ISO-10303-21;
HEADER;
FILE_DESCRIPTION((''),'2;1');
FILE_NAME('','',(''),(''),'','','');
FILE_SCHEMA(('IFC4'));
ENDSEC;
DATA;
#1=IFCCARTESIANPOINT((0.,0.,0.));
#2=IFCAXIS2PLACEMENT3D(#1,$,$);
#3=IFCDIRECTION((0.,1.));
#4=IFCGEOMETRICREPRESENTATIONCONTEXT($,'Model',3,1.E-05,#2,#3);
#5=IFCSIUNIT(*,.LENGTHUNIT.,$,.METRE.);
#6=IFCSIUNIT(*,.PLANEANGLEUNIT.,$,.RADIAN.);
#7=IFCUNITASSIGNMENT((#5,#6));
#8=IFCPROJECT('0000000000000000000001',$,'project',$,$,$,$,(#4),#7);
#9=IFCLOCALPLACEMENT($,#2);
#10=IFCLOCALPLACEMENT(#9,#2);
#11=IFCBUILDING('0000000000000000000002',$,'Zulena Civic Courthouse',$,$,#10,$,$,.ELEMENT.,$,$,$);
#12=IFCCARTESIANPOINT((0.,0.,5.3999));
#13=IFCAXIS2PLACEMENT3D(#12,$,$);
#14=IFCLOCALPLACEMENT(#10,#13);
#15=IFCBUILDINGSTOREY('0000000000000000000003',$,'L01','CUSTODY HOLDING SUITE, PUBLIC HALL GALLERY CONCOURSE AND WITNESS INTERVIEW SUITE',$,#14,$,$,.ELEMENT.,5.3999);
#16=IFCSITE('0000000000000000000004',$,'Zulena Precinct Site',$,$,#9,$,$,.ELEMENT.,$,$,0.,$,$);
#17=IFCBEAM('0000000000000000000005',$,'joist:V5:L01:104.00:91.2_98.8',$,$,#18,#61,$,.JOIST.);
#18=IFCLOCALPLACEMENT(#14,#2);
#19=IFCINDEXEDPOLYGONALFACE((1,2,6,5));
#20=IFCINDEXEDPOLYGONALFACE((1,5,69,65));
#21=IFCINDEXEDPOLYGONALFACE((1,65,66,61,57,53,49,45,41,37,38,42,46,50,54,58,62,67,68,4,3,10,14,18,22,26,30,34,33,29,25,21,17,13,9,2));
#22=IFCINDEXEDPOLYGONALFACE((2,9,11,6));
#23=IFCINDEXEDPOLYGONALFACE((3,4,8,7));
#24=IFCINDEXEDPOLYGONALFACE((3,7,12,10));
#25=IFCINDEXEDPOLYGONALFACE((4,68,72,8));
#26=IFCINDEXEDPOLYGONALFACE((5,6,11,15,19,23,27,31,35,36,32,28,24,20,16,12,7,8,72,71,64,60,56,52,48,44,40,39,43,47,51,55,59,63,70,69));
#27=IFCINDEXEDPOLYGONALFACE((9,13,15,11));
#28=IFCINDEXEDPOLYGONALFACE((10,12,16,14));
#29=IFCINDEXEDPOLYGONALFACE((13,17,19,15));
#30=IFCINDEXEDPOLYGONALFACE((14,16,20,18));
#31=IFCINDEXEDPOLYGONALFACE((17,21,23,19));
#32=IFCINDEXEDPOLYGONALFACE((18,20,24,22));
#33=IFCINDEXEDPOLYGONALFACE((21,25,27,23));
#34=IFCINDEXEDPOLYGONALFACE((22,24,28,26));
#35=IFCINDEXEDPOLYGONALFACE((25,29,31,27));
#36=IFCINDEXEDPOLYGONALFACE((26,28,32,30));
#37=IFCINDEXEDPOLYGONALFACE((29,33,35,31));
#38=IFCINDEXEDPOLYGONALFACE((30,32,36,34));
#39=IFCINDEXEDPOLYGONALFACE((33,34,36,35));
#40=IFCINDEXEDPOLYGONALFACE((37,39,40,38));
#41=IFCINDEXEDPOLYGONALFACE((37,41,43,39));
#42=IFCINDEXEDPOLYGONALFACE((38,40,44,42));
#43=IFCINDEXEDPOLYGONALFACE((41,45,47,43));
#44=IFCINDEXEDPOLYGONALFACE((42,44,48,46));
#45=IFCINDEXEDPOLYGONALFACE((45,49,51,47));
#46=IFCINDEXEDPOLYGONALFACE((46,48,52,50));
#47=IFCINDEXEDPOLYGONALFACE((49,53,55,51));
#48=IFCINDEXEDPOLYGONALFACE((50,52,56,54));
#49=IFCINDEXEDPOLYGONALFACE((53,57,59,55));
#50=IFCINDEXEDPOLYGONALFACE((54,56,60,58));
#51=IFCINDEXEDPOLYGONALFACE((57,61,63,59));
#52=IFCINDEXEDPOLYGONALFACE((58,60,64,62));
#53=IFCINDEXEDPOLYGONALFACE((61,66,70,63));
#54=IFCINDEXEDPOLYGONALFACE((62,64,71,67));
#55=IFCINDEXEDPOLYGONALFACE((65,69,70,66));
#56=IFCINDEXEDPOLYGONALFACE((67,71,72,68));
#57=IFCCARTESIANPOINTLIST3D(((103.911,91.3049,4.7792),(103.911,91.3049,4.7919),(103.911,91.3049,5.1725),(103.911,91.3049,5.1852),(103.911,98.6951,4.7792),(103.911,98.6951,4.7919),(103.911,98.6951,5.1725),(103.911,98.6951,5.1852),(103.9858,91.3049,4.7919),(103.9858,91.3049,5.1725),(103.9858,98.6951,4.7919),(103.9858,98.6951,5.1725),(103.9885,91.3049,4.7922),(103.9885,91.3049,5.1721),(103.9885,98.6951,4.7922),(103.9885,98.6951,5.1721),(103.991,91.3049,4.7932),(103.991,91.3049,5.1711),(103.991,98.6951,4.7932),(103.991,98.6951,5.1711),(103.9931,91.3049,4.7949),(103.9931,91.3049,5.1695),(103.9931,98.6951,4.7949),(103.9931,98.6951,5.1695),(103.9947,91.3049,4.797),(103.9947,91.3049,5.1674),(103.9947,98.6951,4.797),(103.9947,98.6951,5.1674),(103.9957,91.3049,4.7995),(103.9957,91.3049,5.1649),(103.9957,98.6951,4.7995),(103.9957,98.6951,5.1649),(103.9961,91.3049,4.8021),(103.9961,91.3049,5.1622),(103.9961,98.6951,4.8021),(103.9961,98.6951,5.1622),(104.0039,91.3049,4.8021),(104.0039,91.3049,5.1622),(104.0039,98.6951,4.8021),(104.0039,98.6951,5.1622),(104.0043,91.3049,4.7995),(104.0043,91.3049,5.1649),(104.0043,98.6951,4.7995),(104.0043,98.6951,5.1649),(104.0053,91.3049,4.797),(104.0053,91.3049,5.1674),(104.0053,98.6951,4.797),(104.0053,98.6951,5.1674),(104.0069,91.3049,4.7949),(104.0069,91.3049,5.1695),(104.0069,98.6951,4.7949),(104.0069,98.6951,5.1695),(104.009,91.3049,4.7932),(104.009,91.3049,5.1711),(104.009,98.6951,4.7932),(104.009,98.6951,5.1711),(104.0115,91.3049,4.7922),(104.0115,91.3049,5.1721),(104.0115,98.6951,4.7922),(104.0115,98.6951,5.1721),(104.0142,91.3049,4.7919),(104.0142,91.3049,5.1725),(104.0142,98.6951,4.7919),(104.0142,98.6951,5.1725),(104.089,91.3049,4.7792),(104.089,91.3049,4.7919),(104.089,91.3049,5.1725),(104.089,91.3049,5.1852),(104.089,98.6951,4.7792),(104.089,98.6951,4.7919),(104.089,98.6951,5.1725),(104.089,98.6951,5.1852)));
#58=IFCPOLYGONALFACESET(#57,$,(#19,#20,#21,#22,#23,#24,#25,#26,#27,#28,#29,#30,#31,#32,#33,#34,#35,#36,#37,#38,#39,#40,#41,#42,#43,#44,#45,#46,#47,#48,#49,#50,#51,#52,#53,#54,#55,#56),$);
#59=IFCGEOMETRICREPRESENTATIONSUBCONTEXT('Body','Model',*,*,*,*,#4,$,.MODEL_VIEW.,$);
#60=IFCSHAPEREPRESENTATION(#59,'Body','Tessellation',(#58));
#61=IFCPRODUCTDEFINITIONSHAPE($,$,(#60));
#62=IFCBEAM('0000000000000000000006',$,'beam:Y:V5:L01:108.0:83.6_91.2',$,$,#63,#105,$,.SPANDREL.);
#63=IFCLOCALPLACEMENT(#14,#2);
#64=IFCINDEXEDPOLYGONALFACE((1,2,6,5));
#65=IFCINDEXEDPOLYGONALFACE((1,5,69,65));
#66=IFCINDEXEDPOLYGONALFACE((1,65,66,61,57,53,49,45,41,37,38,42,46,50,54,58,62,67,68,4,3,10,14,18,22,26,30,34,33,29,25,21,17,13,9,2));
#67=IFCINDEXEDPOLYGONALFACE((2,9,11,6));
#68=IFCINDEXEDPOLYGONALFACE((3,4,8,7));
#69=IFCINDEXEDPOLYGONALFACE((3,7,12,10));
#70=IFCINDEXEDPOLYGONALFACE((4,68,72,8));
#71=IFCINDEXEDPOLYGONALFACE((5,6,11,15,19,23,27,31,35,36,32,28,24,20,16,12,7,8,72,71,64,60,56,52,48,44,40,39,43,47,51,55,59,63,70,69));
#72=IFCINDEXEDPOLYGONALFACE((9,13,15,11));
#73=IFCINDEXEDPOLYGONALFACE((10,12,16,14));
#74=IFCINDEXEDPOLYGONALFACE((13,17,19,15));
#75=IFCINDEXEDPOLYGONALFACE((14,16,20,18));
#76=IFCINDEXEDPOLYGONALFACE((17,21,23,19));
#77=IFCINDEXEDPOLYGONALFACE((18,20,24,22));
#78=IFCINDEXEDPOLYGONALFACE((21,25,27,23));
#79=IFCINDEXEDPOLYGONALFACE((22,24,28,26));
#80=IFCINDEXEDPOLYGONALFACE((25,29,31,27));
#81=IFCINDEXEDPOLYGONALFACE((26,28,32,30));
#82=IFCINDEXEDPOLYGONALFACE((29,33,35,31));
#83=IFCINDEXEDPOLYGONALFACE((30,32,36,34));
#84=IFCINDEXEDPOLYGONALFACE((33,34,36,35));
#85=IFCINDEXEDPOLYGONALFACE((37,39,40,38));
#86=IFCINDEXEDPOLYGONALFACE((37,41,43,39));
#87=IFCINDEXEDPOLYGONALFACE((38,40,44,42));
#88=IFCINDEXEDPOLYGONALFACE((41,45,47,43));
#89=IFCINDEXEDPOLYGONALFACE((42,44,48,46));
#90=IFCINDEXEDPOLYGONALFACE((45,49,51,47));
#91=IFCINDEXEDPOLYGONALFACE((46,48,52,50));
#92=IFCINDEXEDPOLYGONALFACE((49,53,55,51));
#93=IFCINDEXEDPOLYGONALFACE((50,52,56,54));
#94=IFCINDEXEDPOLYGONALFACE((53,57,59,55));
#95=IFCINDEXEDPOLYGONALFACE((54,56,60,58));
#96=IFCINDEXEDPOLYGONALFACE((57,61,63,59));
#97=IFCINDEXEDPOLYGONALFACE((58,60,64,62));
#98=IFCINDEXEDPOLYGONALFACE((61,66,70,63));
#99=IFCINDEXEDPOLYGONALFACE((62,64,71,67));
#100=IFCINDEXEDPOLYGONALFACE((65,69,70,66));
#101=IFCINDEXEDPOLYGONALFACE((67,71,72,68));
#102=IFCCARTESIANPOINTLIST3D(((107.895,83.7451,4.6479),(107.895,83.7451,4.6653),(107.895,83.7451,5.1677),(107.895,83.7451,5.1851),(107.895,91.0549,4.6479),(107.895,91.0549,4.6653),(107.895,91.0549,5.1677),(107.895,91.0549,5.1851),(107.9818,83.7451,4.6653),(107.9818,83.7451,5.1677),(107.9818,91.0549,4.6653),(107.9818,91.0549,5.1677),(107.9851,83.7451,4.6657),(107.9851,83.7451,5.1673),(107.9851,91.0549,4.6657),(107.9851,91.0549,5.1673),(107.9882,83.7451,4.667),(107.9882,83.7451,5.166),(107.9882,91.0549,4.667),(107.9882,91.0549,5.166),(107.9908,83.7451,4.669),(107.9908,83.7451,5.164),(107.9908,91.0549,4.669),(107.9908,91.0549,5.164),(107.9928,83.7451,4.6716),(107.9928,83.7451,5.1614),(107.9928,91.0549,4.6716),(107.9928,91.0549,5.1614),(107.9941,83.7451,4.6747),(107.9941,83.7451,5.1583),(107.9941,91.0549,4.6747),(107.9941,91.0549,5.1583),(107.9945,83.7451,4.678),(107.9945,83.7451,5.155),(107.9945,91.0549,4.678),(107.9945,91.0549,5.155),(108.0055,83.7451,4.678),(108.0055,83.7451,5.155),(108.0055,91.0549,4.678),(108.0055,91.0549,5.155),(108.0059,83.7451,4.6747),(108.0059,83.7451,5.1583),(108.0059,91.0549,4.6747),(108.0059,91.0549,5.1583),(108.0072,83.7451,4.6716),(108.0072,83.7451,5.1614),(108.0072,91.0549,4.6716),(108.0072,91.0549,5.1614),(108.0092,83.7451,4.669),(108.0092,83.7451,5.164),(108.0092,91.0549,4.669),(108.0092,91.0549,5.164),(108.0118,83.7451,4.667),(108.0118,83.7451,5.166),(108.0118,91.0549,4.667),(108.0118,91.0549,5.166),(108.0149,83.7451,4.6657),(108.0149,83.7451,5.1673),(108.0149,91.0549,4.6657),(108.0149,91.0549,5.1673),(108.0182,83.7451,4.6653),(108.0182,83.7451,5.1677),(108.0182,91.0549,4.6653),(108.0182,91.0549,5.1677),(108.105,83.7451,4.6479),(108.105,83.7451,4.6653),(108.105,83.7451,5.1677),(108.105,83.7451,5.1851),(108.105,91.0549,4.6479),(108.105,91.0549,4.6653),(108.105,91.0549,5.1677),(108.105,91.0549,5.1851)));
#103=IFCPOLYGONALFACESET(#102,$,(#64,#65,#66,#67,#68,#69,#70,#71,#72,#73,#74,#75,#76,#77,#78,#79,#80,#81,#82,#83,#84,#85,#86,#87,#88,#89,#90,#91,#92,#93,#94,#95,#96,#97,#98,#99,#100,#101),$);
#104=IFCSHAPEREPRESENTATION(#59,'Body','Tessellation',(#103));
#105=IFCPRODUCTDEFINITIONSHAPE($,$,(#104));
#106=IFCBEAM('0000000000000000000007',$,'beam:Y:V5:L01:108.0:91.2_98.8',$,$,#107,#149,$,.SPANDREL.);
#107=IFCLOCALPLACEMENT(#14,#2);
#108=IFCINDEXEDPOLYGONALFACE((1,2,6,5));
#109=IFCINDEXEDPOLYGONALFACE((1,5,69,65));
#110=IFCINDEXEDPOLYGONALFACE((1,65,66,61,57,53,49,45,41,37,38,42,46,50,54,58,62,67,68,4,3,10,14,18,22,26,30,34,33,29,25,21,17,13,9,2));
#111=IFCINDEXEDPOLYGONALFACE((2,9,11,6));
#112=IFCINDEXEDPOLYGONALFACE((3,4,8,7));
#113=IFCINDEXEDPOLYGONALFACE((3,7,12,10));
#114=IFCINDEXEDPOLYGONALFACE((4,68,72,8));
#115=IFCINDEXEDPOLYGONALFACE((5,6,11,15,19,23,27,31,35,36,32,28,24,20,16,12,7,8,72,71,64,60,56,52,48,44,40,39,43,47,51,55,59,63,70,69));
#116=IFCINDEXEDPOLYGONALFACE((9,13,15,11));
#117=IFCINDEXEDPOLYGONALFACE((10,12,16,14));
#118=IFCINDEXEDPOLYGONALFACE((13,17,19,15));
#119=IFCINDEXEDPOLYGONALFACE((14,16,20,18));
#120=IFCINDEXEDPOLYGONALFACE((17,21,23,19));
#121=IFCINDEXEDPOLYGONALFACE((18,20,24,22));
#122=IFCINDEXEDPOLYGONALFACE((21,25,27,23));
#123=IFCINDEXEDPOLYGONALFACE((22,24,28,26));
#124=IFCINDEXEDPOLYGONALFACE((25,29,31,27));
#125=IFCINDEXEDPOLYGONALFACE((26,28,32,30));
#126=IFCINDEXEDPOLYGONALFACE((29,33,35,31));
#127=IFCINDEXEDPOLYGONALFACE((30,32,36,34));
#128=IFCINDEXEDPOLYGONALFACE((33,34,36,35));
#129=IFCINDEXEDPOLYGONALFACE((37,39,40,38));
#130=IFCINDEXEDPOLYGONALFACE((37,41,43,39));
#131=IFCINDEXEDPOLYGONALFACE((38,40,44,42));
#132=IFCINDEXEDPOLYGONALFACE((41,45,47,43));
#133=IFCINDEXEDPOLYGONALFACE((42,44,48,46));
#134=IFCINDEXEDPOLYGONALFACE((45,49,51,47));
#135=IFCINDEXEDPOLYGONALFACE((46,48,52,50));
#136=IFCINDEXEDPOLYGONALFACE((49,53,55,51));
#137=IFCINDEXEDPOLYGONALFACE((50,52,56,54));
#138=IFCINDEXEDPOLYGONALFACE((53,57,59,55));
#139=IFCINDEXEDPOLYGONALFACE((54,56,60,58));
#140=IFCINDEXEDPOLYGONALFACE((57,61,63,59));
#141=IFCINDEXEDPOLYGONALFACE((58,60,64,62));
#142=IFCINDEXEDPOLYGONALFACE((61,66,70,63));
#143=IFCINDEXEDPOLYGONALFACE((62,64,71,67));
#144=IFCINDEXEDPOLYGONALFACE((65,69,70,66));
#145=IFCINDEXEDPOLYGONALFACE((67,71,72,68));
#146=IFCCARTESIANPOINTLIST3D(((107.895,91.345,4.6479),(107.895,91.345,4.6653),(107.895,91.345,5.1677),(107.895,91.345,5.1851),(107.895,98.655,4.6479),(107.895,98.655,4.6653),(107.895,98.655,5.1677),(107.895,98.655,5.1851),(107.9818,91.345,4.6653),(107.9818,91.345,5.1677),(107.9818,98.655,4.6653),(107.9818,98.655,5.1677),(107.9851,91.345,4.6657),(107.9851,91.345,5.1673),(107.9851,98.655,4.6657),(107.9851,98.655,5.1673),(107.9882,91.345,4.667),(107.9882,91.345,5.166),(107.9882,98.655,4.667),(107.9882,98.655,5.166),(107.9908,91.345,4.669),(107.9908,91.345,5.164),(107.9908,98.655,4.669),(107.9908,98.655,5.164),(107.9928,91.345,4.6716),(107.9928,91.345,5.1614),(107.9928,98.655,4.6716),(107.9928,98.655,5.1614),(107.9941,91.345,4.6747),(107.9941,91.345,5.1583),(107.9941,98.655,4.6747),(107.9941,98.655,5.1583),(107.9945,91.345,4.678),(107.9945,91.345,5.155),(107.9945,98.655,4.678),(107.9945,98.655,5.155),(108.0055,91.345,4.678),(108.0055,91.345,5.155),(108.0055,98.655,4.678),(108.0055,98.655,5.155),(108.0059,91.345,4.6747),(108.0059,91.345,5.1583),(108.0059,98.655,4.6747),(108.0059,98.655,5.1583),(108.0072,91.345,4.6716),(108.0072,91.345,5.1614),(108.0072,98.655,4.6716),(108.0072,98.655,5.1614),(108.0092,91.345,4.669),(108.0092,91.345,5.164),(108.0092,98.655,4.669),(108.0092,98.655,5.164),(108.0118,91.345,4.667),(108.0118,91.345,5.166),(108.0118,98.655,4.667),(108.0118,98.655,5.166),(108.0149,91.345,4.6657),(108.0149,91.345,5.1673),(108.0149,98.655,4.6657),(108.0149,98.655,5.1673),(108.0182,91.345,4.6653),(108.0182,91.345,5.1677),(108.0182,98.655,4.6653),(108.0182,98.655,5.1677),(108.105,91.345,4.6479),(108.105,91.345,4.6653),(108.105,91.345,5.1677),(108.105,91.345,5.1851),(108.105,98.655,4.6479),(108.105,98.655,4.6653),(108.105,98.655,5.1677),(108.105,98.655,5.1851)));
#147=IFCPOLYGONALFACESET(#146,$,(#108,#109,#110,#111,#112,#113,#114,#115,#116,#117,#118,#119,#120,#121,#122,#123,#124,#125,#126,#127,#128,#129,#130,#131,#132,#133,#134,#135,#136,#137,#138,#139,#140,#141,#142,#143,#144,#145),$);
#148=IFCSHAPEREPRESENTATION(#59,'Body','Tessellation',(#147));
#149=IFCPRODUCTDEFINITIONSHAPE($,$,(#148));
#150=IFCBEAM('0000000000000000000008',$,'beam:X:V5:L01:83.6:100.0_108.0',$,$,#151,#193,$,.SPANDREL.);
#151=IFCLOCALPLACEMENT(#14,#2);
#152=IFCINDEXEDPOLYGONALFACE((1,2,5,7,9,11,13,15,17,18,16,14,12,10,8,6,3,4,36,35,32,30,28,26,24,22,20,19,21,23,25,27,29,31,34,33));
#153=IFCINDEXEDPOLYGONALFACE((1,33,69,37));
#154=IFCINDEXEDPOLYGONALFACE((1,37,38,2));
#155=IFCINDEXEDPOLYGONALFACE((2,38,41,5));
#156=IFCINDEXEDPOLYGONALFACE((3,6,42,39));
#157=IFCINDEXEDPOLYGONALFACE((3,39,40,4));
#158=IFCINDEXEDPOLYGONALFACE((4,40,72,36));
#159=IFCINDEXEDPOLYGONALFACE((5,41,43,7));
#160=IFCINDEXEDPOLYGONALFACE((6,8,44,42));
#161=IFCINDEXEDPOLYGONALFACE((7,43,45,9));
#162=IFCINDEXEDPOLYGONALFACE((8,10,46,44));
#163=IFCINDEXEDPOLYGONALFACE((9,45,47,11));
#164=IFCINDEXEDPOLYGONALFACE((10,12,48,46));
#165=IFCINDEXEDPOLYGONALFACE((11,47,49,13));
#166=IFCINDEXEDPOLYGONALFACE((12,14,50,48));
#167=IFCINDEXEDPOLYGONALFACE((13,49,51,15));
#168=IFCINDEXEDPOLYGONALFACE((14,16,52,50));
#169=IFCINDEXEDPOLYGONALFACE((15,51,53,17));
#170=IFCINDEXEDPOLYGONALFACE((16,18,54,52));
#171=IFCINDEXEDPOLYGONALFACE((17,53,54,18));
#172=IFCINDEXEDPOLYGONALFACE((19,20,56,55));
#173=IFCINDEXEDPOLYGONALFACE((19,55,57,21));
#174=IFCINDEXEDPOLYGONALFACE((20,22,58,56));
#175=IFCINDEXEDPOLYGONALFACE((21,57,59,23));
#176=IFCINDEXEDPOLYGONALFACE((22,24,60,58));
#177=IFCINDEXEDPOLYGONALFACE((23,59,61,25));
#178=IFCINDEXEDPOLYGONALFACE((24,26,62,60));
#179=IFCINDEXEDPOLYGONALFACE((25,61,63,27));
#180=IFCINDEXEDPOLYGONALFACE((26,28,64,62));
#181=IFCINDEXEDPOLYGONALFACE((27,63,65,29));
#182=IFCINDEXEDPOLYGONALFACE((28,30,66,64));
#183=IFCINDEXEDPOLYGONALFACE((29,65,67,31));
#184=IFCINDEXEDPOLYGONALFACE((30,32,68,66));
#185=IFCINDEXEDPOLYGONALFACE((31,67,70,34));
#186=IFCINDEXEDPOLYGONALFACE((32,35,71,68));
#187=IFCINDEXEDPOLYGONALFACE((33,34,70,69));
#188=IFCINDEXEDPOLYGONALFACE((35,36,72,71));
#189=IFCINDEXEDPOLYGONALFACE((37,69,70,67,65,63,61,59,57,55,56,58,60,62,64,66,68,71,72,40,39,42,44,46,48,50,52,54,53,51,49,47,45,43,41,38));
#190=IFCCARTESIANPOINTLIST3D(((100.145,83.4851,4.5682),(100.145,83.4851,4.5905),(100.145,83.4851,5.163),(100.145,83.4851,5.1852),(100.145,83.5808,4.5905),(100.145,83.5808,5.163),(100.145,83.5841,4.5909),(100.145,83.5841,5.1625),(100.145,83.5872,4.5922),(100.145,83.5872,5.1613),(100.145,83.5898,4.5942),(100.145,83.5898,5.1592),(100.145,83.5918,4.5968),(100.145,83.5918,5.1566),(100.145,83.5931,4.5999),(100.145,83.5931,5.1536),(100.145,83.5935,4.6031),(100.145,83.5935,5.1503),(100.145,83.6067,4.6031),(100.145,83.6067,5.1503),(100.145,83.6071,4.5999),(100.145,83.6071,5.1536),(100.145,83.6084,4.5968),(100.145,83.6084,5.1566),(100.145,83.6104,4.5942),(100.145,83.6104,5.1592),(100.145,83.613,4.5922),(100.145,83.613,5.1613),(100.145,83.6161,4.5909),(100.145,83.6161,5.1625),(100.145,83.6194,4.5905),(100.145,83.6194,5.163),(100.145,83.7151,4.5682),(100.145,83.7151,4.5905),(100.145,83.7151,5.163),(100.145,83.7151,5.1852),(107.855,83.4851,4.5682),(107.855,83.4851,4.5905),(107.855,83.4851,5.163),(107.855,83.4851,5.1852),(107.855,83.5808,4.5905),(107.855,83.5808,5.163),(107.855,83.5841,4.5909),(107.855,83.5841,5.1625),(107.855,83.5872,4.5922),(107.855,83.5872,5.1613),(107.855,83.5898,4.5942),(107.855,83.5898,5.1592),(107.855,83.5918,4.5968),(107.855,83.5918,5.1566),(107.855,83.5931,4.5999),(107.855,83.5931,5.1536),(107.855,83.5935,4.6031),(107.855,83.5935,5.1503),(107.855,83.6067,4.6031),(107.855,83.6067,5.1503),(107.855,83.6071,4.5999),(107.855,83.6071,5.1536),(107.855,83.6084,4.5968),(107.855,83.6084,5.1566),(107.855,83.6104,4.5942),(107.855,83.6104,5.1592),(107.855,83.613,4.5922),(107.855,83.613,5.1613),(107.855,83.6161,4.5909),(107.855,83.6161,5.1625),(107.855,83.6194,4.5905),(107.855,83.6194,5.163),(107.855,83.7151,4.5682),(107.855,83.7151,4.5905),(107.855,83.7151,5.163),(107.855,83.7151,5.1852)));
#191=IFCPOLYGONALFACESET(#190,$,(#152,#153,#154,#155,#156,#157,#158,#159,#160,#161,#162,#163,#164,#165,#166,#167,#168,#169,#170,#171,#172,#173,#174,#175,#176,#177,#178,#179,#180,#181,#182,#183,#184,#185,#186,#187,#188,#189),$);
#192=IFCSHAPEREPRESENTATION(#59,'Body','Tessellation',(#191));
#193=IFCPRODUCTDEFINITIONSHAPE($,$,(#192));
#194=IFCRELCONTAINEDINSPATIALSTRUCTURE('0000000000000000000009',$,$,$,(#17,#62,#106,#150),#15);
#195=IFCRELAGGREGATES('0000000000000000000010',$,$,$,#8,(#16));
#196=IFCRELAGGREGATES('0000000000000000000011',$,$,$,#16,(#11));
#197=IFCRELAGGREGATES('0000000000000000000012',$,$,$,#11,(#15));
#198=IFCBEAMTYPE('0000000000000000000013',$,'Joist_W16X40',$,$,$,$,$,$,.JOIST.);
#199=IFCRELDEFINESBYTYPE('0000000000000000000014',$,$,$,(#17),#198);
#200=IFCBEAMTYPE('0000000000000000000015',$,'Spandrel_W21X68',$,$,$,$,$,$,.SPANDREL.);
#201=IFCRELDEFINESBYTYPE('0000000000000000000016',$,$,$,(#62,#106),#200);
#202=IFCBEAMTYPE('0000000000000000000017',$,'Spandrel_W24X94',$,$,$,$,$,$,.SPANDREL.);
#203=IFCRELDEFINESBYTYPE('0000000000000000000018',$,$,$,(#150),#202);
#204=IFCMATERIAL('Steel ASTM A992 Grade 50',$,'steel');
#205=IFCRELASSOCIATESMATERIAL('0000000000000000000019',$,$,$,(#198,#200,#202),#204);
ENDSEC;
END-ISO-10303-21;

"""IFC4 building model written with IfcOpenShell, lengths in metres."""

from ifc_helpers import new_model, si_unit, direction, frame, origin, origin_2d, place, context, subcontext, project, spatial, i_section, extrude, material, material_profile, profile_set, type_object, element, save


model = new_model("IFC4")

# Units and contexts
model_context = context("Model", 3, precision=1e-05, world=origin(), true_north=direction((0.0, 1.0)))
body_context = subcontext(model_context, "Body", "Model", "MODEL_VIEW")
ifc_project = project(units=[si_unit("LENGTHUNIT", "METRE"), si_unit("PLANEANGLEUNIT", "RADIAN")], contexts=[model_context])

# Site, building, storey
site_placement = place(None, origin())
site = spatial("IfcSite", under=ifc_project, at=site_placement, Name="Zulena Precinct Site", CompositionType="ELEMENT", RefElevation=0.0)
building_placement = place(site_placement, origin())
building = spatial("IfcBuilding", under=site, at=building_placement, Name="Zulena Civic Courthouse", CompositionType="ELEMENT")
storey_placement = place(building_placement, frame((0.0, 0.0, 5.3999)))
storey = spatial("IfcBuildingStorey", under=building, at=storey_placement, Name="L01", Description="CUSTODY HOLDING SUITE, PUBLIC HALL GALLERY CONCOURSE AND WITNESS INTERVIEW SUITE", CompositionType="ELEMENT", Elevation=5.3999)

# Shared definitions
ifc_material_1 = material(Name="Steel ASTM A992 Grade 50", Category="steel")

# Beams
ifc_material_profile_1 = material_profile(ifc_material_1, i_section(OverallWidth=0.178, OverallDepth=0.406, WebThickness=0.0078, FlangeThickness=0.0127, FilletRadius=0.0103, at=origin_2d()), Name="W16X40")
ifc_profile_set_1 = profile_set([ifc_material_profile_1], Name="Steel ASTM A992 Grade 50")
beam_type_1 = type_object("IfcBeamType", Name="Joist_W16X40", PredefinedType="JOIST", material=ifc_profile_set_1)
beam_1_placement = place(storey_placement, frame((104.0, 91.3049, 4.9822), z_axis=(0.0, 1.0, 0.0), x_axis=(-1.0, 0.0, 0.0)))
element("IfcBeam", 1, at=beam_1_placement, inside=storey, type_object=beam_type_1, Name="joist:V5:L01:104.00:91.2_98.8", PredefinedType="JOIST", context=body_context, shape_type="SweptSolid", body=[
    extrude(i_section(OverallWidth=0.178, OverallDepth=0.406, WebThickness=0.0078, FlangeThickness=0.0127, FilletRadius=0.0103, at=origin_2d()), origin(), (0.0, 0.0, 1.0), 7.3901),
])
ifc_material_profile_2 = material_profile(ifc_material_1, i_section(OverallWidth=0.21, OverallDepth=0.5371, WebThickness=0.011, FlangeThickness=0.0173, FilletRadius=0.0127, at=origin_2d()), Name="W21X68")
ifc_profile_set_2 = profile_set([ifc_material_profile_2], Name="Steel ASTM A992 Grade 50")
beam_type_2 = type_object("IfcBeamType", Name="Spandrel_W21X68", PredefinedType="SPANDREL", material=ifc_profile_set_2)
beam_2_placement = place(storey_placement, frame((108.0, 83.7451, 4.9165), z_axis=(0.0, 1.0, 0.0), x_axis=(-1.0, 0.0, 0.0)))
element("IfcBeam", 2, at=beam_2_placement, inside=storey, type_object=beam_type_2, Name="beam:Y:V5:L01:108.0:83.6_91.2", PredefinedType="SPANDREL", context=body_context, shape_type="SweptSolid", body=[
    extrude(i_section(OverallWidth=0.21, OverallDepth=0.5371, WebThickness=0.011, FlangeThickness=0.0173, FilletRadius=0.0127, at=origin_2d()), origin(), (0.0, 0.0, 1.0), 7.3098),
])
beam_3_placement = place(storey_placement, frame((108.0, 91.345, 4.9165), z_axis=(0.0, 1.0, 0.0), x_axis=(-1.0, 0.0, 0.0)))
element("IfcBeam", 3, at=beam_3_placement, inside=storey, type_object=beam_type_2, Name="beam:Y:V5:L01:108.0:91.2_98.8", PredefinedType="SPANDREL", context=body_context, shape_type="SweptSolid", body=[
    extrude(i_section(OverallWidth=0.21, OverallDepth=0.5371, WebThickness=0.011, FlangeThickness=0.0173, FilletRadius=0.0127, at=origin_2d()), origin(), (0.0, 0.0, 1.0), 7.3101),
])
ifc_material_profile_3 = material_profile(ifc_material_1, i_section(OverallWidth=0.23, OverallDepth=0.6169, WebThickness=0.0132, FlangeThickness=0.0222, FilletRadius=0.0127, at=origin_2d()), Name="W24X94")
ifc_profile_set_3 = profile_set([ifc_material_profile_3], Name="Steel ASTM A992 Grade 50")
beam_type_3 = type_object("IfcBeamType", Name="Spandrel_W24X94", PredefinedType="SPANDREL", material=ifc_profile_set_3)
for number, where, z_axis, x_axis, name in (
    (4, (100.145, 83.6001, 4.8767), (1.0, 0.0, 0.0), (0.0, 1.0, 0.0), "beam:X:V5:L01:83.6:100.0_108.0"),
):
    element("IfcBeam", number, at=place(storey_placement, frame(where, z_axis=z_axis, x_axis=x_axis)), inside=storey, type_object=beam_type_3, Name=name, PredefinedType="SPANDREL", context=body_context, shape_type="SweptSolid", body=[
        extrude(i_section(OverallWidth=0.23, OverallDepth=0.6169, WebThickness=0.0132, FlangeThickness=0.0222, FilletRadius=0.0127, at=origin_2d()), origin(), (0.0, 0.0, 1.0), 7.71),
    ])

save(model, "model.ifc")
